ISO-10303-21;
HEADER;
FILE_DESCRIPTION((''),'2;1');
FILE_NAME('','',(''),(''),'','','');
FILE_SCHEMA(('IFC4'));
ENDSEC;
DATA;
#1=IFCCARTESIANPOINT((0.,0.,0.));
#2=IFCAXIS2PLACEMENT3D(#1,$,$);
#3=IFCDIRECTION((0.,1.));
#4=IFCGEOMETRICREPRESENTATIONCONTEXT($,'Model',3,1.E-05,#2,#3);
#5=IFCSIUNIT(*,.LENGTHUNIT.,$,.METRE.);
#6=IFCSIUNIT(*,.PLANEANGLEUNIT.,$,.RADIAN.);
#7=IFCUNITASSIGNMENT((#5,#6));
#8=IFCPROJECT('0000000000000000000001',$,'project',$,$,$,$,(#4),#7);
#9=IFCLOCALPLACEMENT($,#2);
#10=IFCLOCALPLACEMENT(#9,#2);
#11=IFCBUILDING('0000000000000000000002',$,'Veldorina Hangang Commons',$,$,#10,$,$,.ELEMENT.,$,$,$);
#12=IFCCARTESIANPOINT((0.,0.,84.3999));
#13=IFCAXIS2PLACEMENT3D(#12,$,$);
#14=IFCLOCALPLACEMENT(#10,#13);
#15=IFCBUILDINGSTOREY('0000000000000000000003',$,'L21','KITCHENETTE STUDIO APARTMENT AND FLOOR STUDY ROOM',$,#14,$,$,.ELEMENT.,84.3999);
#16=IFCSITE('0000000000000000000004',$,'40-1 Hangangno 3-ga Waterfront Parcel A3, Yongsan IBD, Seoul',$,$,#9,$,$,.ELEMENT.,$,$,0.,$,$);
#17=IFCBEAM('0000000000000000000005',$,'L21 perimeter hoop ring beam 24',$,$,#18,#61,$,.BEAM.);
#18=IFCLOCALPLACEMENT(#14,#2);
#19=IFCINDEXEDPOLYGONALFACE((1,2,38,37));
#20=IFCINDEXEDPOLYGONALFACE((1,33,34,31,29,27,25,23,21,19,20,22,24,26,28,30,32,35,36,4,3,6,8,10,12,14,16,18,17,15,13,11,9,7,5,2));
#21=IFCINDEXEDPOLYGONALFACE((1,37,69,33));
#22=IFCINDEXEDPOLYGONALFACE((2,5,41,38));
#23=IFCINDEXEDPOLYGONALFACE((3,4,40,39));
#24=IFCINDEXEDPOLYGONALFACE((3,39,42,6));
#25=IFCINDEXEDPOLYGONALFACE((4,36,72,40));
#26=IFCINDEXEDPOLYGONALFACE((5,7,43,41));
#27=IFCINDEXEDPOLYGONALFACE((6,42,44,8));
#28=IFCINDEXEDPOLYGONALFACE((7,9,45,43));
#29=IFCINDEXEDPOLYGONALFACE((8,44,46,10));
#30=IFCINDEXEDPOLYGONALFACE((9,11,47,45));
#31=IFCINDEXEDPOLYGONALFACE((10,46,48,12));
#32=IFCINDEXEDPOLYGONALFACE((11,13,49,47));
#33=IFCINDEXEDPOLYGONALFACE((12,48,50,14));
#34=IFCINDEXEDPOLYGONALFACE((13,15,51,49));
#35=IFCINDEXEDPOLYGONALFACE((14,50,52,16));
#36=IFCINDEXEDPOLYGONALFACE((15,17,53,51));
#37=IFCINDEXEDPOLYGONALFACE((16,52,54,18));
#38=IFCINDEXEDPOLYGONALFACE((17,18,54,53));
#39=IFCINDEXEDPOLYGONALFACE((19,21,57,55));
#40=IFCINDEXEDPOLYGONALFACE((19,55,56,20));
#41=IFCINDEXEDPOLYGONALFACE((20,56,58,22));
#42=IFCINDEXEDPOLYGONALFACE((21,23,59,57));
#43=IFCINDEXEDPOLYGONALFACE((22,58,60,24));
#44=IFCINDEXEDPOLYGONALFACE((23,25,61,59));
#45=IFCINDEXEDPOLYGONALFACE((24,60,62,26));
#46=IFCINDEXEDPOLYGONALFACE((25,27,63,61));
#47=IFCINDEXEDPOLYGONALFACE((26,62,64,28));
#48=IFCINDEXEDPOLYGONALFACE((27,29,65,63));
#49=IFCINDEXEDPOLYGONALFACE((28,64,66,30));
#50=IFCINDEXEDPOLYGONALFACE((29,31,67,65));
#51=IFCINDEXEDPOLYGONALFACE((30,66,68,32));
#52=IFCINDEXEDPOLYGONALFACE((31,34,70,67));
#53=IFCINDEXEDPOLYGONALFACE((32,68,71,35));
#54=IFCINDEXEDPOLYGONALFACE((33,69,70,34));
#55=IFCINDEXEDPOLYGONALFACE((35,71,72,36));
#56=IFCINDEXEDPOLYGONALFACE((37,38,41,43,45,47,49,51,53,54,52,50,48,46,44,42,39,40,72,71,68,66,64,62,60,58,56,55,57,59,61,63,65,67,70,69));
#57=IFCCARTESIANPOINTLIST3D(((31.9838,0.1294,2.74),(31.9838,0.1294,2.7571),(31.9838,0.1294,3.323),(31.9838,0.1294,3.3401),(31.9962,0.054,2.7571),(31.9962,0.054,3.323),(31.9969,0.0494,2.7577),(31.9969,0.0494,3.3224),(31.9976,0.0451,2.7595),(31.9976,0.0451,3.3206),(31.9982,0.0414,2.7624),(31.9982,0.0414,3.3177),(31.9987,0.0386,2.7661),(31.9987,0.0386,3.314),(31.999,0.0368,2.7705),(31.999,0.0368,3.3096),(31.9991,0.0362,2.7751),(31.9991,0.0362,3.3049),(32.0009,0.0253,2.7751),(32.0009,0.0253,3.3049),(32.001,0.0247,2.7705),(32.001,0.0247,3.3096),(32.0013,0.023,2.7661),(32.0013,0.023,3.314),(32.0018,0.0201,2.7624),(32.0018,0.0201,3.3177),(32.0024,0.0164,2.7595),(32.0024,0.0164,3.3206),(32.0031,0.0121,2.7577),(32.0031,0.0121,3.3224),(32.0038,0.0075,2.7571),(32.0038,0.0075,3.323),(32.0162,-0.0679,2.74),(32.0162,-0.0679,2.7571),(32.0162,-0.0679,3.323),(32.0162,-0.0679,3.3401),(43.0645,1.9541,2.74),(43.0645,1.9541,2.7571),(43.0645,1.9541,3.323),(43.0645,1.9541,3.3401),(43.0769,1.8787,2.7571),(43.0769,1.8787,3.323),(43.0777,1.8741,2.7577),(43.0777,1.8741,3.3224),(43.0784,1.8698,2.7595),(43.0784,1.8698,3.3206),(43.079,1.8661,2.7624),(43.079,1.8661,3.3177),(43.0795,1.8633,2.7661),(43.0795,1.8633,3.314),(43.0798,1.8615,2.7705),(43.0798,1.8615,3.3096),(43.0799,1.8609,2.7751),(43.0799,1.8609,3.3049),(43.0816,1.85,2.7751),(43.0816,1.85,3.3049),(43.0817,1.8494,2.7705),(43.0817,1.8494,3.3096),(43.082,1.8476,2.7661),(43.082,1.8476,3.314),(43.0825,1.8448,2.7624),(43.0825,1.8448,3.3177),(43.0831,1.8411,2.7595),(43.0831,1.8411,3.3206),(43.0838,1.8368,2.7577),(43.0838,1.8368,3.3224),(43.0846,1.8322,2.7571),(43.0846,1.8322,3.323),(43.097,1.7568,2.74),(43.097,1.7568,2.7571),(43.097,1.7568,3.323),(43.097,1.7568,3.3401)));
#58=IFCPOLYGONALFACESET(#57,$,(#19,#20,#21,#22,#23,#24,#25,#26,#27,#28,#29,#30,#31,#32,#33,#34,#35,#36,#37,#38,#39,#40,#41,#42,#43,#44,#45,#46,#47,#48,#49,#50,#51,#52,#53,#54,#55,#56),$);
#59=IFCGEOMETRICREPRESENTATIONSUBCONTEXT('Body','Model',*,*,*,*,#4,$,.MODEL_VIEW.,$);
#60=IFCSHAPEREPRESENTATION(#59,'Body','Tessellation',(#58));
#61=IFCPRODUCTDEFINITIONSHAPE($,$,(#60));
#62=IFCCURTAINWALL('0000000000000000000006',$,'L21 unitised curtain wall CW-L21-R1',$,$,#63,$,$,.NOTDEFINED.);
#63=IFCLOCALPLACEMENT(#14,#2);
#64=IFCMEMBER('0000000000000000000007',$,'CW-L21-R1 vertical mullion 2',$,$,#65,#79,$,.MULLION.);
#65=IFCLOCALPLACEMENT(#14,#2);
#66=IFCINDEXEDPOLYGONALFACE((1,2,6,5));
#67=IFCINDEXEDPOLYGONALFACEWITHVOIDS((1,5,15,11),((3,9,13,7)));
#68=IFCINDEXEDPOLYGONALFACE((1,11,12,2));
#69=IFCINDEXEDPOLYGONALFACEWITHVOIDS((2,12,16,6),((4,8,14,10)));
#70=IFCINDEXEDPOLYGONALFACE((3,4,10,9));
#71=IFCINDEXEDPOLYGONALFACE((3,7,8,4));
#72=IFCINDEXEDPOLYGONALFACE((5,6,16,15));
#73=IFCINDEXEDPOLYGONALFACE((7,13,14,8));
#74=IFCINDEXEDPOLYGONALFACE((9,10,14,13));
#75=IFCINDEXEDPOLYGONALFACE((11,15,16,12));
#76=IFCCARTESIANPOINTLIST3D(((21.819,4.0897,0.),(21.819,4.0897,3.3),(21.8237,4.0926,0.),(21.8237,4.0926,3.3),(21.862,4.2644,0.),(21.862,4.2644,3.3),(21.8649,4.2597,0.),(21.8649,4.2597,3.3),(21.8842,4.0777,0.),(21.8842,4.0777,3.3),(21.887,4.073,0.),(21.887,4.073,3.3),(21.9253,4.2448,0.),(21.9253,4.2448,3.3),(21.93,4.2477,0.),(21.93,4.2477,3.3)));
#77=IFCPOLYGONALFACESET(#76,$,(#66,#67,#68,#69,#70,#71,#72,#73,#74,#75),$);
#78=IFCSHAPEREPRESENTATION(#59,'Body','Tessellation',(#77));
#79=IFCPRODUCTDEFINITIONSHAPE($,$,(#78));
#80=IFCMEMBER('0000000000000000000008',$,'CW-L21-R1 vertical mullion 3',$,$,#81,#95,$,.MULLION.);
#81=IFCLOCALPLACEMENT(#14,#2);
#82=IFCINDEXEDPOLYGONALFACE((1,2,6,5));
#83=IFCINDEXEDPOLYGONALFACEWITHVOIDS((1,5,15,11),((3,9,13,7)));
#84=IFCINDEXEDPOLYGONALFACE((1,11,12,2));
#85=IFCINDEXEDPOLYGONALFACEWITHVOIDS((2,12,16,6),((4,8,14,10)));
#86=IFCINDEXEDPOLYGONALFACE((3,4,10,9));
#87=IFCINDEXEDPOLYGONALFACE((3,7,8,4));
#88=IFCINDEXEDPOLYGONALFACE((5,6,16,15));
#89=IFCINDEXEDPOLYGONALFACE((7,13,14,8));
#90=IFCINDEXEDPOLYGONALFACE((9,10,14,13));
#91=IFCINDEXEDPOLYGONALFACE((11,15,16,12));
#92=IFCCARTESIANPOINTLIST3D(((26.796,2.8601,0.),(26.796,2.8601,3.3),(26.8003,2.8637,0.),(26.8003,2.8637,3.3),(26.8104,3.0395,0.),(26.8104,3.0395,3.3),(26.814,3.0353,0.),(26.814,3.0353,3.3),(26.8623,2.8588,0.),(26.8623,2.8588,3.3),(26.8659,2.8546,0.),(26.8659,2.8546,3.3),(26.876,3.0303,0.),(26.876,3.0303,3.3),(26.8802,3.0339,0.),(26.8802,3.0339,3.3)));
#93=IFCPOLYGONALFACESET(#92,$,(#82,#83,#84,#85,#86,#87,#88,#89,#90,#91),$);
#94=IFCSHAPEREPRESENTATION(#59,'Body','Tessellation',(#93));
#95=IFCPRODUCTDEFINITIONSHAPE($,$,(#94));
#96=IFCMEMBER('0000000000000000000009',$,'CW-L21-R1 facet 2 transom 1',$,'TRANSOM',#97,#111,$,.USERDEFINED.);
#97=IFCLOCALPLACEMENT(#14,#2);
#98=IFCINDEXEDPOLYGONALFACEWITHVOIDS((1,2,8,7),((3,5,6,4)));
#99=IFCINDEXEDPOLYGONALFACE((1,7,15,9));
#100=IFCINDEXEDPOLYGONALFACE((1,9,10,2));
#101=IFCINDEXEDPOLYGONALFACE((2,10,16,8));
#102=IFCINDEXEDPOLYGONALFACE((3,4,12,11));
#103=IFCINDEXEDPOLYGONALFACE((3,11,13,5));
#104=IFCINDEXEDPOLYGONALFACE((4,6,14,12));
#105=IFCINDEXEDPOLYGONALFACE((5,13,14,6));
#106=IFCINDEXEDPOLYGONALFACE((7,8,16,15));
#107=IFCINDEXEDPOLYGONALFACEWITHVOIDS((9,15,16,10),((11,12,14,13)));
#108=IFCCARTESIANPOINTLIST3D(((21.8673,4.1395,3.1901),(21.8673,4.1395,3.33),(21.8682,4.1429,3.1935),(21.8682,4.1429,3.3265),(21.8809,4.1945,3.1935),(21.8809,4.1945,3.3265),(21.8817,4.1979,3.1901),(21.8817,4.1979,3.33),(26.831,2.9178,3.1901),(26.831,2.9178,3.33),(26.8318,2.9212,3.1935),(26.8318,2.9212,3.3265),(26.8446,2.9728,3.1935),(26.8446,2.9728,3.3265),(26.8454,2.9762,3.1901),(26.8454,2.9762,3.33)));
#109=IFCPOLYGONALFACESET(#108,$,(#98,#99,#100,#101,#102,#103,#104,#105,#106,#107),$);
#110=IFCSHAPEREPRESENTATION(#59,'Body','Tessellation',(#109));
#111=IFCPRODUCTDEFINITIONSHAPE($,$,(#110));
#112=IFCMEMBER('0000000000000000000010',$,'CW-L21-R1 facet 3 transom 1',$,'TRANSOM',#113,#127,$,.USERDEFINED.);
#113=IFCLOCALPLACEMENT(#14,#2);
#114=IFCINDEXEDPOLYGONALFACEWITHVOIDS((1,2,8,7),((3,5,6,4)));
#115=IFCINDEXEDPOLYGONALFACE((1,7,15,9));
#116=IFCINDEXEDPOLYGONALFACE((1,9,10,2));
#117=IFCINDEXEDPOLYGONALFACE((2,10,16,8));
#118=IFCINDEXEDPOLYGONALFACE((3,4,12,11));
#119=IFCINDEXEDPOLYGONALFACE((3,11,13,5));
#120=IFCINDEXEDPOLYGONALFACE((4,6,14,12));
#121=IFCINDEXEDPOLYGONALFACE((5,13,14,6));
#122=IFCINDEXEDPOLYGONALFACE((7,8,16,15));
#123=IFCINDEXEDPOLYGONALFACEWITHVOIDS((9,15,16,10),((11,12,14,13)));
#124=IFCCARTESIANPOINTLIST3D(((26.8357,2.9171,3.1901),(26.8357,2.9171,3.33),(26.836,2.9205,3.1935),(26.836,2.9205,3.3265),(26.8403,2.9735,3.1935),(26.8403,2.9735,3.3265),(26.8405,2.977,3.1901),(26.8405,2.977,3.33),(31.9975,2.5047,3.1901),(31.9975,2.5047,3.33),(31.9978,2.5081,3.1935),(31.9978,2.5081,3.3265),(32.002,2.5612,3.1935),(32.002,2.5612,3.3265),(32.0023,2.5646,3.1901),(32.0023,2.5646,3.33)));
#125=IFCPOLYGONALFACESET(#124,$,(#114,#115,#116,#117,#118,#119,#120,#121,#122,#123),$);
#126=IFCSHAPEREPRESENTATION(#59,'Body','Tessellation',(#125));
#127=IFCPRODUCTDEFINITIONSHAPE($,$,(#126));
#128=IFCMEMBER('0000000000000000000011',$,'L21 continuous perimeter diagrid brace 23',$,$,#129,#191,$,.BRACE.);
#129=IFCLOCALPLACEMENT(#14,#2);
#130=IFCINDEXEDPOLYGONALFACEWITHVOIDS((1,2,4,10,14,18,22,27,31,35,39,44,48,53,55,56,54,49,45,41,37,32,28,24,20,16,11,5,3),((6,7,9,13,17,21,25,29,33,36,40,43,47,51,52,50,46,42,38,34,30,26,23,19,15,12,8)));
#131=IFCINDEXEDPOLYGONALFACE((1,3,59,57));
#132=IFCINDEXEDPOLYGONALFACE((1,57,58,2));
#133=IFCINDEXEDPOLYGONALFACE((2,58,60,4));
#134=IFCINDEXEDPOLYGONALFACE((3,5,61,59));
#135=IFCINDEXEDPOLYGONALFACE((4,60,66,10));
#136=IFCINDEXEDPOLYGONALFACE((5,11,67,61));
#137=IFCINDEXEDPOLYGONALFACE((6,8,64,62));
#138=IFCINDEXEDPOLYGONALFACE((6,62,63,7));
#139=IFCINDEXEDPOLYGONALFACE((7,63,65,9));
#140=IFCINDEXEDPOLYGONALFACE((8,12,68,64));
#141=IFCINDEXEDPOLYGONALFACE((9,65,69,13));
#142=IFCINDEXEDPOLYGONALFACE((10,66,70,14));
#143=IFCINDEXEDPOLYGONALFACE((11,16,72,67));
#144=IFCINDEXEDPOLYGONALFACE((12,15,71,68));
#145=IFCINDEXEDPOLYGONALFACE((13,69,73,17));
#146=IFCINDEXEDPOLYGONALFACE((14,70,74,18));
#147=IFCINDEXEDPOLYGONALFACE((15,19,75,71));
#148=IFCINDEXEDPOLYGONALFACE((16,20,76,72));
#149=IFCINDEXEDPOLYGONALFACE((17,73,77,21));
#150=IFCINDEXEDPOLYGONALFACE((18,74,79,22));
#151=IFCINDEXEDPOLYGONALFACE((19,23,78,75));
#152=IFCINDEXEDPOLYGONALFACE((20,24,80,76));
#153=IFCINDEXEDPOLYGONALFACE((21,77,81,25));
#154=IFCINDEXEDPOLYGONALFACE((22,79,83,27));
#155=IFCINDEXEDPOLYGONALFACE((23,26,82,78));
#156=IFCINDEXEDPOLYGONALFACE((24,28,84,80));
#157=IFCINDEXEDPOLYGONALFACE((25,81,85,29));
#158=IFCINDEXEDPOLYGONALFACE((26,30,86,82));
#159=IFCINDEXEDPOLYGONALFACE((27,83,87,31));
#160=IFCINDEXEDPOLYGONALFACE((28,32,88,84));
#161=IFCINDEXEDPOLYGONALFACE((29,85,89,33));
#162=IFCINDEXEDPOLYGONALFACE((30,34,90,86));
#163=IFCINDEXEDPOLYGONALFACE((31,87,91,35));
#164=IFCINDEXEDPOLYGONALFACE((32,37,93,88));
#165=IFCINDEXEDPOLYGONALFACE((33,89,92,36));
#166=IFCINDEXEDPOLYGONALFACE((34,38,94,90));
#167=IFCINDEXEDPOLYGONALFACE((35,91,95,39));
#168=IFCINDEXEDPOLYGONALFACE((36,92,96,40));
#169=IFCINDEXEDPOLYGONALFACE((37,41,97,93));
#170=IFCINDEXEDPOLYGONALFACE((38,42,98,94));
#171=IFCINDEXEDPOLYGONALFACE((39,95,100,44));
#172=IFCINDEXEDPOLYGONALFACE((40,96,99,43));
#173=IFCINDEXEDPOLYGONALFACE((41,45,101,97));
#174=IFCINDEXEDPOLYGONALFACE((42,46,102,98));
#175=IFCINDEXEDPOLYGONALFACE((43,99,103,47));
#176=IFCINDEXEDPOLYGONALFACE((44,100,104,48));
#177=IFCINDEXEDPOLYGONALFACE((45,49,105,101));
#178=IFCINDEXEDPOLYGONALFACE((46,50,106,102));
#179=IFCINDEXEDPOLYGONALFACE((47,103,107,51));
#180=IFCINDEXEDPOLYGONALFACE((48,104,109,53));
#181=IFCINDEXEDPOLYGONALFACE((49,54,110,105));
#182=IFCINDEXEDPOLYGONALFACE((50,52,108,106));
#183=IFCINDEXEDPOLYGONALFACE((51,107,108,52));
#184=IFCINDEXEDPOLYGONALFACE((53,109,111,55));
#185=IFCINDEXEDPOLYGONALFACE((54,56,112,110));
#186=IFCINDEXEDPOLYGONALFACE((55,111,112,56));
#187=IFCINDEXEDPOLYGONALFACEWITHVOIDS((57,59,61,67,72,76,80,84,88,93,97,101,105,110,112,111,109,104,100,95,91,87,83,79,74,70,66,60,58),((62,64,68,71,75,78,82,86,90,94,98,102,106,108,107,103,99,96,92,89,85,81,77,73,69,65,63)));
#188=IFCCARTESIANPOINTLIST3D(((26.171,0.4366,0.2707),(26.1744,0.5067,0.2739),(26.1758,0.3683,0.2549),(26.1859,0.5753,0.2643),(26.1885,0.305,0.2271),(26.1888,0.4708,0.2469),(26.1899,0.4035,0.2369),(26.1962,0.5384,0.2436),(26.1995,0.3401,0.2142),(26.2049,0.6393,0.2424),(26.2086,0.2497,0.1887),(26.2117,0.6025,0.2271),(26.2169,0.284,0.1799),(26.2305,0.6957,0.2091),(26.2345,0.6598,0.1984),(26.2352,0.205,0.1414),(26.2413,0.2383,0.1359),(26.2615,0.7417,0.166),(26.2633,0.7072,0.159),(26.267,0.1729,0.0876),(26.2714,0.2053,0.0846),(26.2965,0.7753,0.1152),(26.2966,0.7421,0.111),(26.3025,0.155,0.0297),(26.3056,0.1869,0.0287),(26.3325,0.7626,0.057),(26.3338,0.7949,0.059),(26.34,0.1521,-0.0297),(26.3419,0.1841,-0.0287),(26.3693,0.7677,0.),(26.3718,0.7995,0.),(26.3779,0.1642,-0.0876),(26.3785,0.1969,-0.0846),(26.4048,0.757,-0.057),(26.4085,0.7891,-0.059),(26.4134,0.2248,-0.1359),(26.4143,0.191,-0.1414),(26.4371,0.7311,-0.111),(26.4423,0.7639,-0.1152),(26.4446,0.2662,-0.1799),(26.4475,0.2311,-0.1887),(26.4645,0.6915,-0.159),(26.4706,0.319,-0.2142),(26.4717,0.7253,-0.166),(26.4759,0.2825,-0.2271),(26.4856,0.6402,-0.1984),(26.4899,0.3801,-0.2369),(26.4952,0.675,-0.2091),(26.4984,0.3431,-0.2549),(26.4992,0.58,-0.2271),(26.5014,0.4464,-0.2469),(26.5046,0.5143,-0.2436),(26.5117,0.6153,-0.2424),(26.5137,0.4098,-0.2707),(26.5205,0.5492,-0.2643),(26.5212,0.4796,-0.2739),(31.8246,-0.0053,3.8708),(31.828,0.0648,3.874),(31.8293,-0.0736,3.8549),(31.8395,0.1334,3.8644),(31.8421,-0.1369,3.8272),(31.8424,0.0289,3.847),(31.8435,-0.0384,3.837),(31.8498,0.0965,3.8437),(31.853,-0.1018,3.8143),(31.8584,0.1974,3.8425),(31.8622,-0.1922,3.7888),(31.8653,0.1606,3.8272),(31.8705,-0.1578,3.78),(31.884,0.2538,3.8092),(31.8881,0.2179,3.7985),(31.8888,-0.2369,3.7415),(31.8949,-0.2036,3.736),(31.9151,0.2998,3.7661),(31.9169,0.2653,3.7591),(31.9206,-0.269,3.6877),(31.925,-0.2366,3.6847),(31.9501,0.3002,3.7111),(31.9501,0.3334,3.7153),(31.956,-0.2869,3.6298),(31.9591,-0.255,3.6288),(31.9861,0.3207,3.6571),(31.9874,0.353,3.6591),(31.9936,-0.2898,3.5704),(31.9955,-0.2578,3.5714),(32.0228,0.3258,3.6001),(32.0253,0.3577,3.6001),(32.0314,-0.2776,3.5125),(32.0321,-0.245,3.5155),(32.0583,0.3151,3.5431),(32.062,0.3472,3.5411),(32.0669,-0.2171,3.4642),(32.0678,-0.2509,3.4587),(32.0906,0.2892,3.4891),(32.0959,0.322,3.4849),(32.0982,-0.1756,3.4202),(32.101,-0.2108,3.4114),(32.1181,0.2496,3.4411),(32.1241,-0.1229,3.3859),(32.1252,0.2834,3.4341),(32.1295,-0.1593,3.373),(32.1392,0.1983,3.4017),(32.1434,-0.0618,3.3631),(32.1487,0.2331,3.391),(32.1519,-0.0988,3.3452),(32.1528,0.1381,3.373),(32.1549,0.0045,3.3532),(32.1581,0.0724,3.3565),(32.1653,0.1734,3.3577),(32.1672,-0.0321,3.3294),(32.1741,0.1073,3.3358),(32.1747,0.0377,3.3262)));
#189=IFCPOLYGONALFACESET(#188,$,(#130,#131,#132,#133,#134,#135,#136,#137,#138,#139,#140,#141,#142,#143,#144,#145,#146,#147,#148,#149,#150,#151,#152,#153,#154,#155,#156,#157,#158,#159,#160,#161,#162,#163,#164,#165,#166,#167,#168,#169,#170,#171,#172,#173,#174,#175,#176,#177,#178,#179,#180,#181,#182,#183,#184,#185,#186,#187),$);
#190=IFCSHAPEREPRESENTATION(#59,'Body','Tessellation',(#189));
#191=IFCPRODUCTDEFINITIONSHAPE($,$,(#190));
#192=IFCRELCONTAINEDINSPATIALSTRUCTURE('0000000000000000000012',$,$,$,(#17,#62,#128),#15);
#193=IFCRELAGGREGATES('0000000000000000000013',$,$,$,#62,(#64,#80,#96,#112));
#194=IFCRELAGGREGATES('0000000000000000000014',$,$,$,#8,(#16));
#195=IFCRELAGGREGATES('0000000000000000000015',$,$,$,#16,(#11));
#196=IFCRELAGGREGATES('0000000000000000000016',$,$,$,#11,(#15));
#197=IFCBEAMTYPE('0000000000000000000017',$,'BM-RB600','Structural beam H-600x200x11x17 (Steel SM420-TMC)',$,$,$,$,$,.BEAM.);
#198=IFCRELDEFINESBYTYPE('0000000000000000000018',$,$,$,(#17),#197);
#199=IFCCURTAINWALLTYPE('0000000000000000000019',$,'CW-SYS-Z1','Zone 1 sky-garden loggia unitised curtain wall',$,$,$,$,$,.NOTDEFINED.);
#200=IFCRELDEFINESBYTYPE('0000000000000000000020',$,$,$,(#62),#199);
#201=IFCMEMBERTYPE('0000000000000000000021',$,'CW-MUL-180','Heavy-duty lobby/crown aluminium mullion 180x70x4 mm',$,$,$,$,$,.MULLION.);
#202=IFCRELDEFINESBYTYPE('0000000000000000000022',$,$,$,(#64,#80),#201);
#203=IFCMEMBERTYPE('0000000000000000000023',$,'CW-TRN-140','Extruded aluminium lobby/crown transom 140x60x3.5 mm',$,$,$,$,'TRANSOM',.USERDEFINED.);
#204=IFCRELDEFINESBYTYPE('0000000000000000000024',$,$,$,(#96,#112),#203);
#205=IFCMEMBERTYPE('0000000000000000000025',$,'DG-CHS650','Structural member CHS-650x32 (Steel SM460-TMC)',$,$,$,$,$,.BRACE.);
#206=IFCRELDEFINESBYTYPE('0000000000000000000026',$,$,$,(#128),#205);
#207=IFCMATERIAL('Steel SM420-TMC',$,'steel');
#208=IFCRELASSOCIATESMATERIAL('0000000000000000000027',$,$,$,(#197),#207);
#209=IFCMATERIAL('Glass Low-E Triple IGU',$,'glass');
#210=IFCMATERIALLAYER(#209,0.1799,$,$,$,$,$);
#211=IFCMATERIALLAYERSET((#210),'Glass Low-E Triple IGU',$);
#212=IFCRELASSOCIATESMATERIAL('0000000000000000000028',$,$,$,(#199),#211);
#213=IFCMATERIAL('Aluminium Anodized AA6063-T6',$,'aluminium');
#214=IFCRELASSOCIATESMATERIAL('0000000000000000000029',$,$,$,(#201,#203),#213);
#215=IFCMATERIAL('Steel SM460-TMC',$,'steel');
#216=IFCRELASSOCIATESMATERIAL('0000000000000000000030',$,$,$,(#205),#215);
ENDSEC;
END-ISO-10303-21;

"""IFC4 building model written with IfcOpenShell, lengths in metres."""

from ifc_helpers import new_model, si_unit, direction, frame, origin, origin_2d, place, context, subcontext, project, spatial, hollow_rectangle, hollow_circle, i_section, extrude, material, layer, layer_set, material_profile, profile_set, type_object, element, aggregate, save


model = new_model("IFC4")

# Units and contexts
model_context = context("Model", 3, precision=1e-05, world=origin(), true_north=direction((0.0, 1.0)))
body_context = subcontext(model_context, "Body", "Model", "MODEL_VIEW")
ifc_project = project(units=[si_unit("LENGTHUNIT", "METRE"), si_unit("PLANEANGLEUNIT", "RADIAN")], contexts=[model_context])

# Site, building, storey
site_placement = place(None, origin())
site = spatial("IfcSite", under=ifc_project, at=site_placement, Name="40-1 Hangangno 3-ga Waterfront Parcel A3, Yongsan IBD, Seoul", CompositionType="ELEMENT", RefElevation=0.0)
building_placement = place(site_placement, origin())
building = spatial("IfcBuilding", under=site, at=building_placement, Name="Veldorina Hangang Commons", CompositionType="ELEMENT")
storey_placement = place(building_placement, frame((0.0, 0.0, 84.3999)))
storey = spatial("IfcBuildingStorey", under=building, at=storey_placement, Name="L21", Description="KITCHENETTE STUDIO APARTMENT AND FLOOR STUDY ROOM", CompositionType="ELEMENT", Elevation=84.3999)

# Beam
ifc_material_1 = material(Name="Steel SM420-TMC", Category="steel")
ifc_material_profile_1 = material_profile(ifc_material_1, i_section(OverallWidth=0.2, OverallDepth=0.6001, WebThickness=0.011, FlangeThickness=0.0171, FilletRadius=0.0181, at=origin_2d()), Name="H-600x200x11x17")
ifc_profile_set_1 = profile_set([ifc_material_profile_1], Name="Steel SM420-TMC")
beam_type_1 = type_object("IfcBeamType", Name="BM-RB600", Description="Structural beam H-600x200x11x17 (Steel SM420-TMC)", PredefinedType="BEAM", material=ifc_profile_set_1)
for number, where, z_axis, x_axis, name in (
    (1, (32.0, 0.0308, 3.04), (0.986711, 0.162484, 0.0), (-0.162484, 0.986711, 0.0), "L21 perimeter hoop ring beam 24"),
):
    element("IfcBeam", number, at=place(storey_placement, frame(where, z_axis=z_axis, x_axis=x_axis)), inside=storey, type_object=beam_type_1, Name=name, PredefinedType="BEAM", context=body_context, shape_type="SweptSolid", body=[
        extrude(i_section(OverallWidth=0.2, OverallDepth=0.6001, WebThickness=0.011, FlangeThickness=0.0171, FilletRadius=0.0181, at=origin_2d()), origin(), (0.0, 0.0, 1.0), 11.23),
    ])

# Curtain wall, members
ifc_material_2 = material(Name="Glass Low-E Triple IGU", Category="glass")
ifc_layer_1 = layer(ifc_material_2, 0.1799)
ifc_layer_set_1 = layer_set([ifc_layer_1], Name="Glass Low-E Triple IGU")
curtain_wall_type = type_object("IfcCurtainWallType", Name="CW-SYS-Z1", Description="Zone 1 sky-garden loggia unitised curtain wall", PredefinedType="NOTDEFINED", material=ifc_layer_set_1)
curtain_wall_placement = place(storey_placement, origin())
curtain_wall = element("IfcCurtainWall", 2, at=curtain_wall_placement, inside=storey, type_object=curtain_wall_type, Name="L21 unitised curtain wall CW-L21-R1", PredefinedType="NOTDEFINED")
ifc_material_3 = material(Name="Aluminium Anodized AA6063-T6", Category="aluminium")
ifc_material_profile_2 = material_profile(ifc_material_3, hollow_rectangle(XDim=0.0701, YDim=0.1799, WallThickness=0.0039, at=origin_2d()), Name="ALU-RHS-180x70x4")
ifc_profile_set_2 = profile_set([ifc_material_profile_2], Name="Aluminium Anodized AA6063-T6")
member_type_1 = type_object("IfcMemberType", Name="CW-MUL-180", Description="Heavy-duty lobby/crown aluminium mullion 180x70x4 mm", PredefinedType="MULLION", material=ifc_profile_set_2)
member_1_placement = place(storey_placement, frame((21.8745, 4.1687, 0.0), z_axis=(0.0, 0.0, 1.0), x_axis=(0.971026, -0.238974, 0.0)))
member_1 = element("IfcMember", 3, at=member_1_placement, type_object=member_type_1, Name="CW-L21-R1 vertical mullion 2", PredefinedType="MULLION", context=body_context, shape_type="SweptSolid", body=[
    extrude(hollow_rectangle(XDim=0.0701, YDim=0.1799, WallThickness=0.0039, at=origin_2d()), origin(), (0.0, 0.0, 1.0), 3.3),
])
member_2_placement = place(storey_placement, frame((26.8381, 2.947, 0.0), z_axis=(0.0, 0.0, 1.0), x_axis=(0.996824, -0.079642, 0.0)))
member_2 = element("IfcMember", 4, at=member_2_placement, type_object=member_type_1, Name="CW-L21-R1 vertical mullion 3", PredefinedType="MULLION", context=body_context, shape_type="SweptSolid", body=[
    extrude(hollow_rectangle(XDim=0.0701, YDim=0.1799, WallThickness=0.0039, at=origin_2d()), origin(), (0.0, 0.0, 1.0), 3.3),
])
ifc_material_profile_3 = material_profile(ifc_material_3, hollow_rectangle(XDim=0.0601, YDim=0.1399, WallThickness=0.0034, at=origin_2d()), Name="ALU-RHS-140x60x3.5")
ifc_profile_set_3 = profile_set([ifc_material_profile_3], Name="Aluminium Anodized AA6063-T6")
member_type_2 = type_object("IfcMemberType", Name="CW-TRN-140", Description="Extruded aluminium lobby/crown transom 140x60x3.5 mm", ElementType="TRANSOM", PredefinedType="USERDEFINED", material=ifc_profile_set_3)
member_3_placement = place(storey_placement, frame((21.8745, 4.1687, 3.26), z_axis=(0.971021, -0.238994, 0.0), x_axis=(0.238994, 0.971021, 0.0)))
member_3 = element("IfcMember", 5, at=member_3_placement, type_object=member_type_2, Name="CW-L21-R1 facet 2 transom 1", ObjectType="TRANSOM", PredefinedType="USERDEFINED", context=body_context, shape_type="SweptSolid", body=[
    extrude(hollow_rectangle(XDim=0.0601, YDim=0.1399, WallThickness=0.0034, at=origin_2d()), origin(), (0.0, 0.0, 1.0), 5.1118),
])
member_4_placement = place(storey_placement, frame((26.8381, 2.947, 3.26), z_axis=(0.996824, -0.079631, 0.0), x_axis=(0.079631, 0.996824, 0.0)))
member_4 = element("IfcMember", 6, at=member_4_placement, type_object=member_type_2, Name="CW-L21-R1 facet 3 transom 1", ObjectType="TRANSOM", PredefinedType="USERDEFINED", context=body_context, shape_type="SweptSolid", body=[
    extrude(hollow_rectangle(XDim=0.0601, YDim=0.1399, WallThickness=0.0034, at=origin_2d()), origin(), (0.0, 0.0, 1.0), 5.1782),
])

# Member
ifc_material_4 = material(Name="Steel SM460-TMC", Category="steel")
ifc_material_profile_4 = material_profile(ifc_material_4, hollow_circle(Radius=0.325, WallThickness=0.032, at=origin_2d()), Name="CHS-650x32")
ifc_profile_set_4 = profile_set([ifc_material_profile_4], Name="Steel SM460-TMC")
member_type_3 = type_object("IfcMemberType", Name="DG-CHS650", Description="Structural member CHS-650x32 (Steel SM460-TMC)", PredefinedType="BRACE", material=ifc_profile_set_4)
member_5_placement = place(storey_placement, frame((26.3464, 0.4756, 0.0), z_axis=(0.841674, -0.065787, 0.535964), x_axis=(0.077924, 0.996959, 0.0)))
element("IfcMember", 7, at=member_5_placement, inside=storey, type_object=member_type_3, Name="L21 continuous perimeter diagrid brace 23", PredefinedType="BRACE", context=body_context, shape_type="SweptSolid", body=[
    extrude(hollow_circle(Radius=0.325, WallThickness=0.032, at=origin_2d()), origin(), (0.0, 0.0, 1.0), 6.717),
])

aggregate(curtain_wall, [member_1, member_2, member_3, member_4])

save(model, "model.ifc")
